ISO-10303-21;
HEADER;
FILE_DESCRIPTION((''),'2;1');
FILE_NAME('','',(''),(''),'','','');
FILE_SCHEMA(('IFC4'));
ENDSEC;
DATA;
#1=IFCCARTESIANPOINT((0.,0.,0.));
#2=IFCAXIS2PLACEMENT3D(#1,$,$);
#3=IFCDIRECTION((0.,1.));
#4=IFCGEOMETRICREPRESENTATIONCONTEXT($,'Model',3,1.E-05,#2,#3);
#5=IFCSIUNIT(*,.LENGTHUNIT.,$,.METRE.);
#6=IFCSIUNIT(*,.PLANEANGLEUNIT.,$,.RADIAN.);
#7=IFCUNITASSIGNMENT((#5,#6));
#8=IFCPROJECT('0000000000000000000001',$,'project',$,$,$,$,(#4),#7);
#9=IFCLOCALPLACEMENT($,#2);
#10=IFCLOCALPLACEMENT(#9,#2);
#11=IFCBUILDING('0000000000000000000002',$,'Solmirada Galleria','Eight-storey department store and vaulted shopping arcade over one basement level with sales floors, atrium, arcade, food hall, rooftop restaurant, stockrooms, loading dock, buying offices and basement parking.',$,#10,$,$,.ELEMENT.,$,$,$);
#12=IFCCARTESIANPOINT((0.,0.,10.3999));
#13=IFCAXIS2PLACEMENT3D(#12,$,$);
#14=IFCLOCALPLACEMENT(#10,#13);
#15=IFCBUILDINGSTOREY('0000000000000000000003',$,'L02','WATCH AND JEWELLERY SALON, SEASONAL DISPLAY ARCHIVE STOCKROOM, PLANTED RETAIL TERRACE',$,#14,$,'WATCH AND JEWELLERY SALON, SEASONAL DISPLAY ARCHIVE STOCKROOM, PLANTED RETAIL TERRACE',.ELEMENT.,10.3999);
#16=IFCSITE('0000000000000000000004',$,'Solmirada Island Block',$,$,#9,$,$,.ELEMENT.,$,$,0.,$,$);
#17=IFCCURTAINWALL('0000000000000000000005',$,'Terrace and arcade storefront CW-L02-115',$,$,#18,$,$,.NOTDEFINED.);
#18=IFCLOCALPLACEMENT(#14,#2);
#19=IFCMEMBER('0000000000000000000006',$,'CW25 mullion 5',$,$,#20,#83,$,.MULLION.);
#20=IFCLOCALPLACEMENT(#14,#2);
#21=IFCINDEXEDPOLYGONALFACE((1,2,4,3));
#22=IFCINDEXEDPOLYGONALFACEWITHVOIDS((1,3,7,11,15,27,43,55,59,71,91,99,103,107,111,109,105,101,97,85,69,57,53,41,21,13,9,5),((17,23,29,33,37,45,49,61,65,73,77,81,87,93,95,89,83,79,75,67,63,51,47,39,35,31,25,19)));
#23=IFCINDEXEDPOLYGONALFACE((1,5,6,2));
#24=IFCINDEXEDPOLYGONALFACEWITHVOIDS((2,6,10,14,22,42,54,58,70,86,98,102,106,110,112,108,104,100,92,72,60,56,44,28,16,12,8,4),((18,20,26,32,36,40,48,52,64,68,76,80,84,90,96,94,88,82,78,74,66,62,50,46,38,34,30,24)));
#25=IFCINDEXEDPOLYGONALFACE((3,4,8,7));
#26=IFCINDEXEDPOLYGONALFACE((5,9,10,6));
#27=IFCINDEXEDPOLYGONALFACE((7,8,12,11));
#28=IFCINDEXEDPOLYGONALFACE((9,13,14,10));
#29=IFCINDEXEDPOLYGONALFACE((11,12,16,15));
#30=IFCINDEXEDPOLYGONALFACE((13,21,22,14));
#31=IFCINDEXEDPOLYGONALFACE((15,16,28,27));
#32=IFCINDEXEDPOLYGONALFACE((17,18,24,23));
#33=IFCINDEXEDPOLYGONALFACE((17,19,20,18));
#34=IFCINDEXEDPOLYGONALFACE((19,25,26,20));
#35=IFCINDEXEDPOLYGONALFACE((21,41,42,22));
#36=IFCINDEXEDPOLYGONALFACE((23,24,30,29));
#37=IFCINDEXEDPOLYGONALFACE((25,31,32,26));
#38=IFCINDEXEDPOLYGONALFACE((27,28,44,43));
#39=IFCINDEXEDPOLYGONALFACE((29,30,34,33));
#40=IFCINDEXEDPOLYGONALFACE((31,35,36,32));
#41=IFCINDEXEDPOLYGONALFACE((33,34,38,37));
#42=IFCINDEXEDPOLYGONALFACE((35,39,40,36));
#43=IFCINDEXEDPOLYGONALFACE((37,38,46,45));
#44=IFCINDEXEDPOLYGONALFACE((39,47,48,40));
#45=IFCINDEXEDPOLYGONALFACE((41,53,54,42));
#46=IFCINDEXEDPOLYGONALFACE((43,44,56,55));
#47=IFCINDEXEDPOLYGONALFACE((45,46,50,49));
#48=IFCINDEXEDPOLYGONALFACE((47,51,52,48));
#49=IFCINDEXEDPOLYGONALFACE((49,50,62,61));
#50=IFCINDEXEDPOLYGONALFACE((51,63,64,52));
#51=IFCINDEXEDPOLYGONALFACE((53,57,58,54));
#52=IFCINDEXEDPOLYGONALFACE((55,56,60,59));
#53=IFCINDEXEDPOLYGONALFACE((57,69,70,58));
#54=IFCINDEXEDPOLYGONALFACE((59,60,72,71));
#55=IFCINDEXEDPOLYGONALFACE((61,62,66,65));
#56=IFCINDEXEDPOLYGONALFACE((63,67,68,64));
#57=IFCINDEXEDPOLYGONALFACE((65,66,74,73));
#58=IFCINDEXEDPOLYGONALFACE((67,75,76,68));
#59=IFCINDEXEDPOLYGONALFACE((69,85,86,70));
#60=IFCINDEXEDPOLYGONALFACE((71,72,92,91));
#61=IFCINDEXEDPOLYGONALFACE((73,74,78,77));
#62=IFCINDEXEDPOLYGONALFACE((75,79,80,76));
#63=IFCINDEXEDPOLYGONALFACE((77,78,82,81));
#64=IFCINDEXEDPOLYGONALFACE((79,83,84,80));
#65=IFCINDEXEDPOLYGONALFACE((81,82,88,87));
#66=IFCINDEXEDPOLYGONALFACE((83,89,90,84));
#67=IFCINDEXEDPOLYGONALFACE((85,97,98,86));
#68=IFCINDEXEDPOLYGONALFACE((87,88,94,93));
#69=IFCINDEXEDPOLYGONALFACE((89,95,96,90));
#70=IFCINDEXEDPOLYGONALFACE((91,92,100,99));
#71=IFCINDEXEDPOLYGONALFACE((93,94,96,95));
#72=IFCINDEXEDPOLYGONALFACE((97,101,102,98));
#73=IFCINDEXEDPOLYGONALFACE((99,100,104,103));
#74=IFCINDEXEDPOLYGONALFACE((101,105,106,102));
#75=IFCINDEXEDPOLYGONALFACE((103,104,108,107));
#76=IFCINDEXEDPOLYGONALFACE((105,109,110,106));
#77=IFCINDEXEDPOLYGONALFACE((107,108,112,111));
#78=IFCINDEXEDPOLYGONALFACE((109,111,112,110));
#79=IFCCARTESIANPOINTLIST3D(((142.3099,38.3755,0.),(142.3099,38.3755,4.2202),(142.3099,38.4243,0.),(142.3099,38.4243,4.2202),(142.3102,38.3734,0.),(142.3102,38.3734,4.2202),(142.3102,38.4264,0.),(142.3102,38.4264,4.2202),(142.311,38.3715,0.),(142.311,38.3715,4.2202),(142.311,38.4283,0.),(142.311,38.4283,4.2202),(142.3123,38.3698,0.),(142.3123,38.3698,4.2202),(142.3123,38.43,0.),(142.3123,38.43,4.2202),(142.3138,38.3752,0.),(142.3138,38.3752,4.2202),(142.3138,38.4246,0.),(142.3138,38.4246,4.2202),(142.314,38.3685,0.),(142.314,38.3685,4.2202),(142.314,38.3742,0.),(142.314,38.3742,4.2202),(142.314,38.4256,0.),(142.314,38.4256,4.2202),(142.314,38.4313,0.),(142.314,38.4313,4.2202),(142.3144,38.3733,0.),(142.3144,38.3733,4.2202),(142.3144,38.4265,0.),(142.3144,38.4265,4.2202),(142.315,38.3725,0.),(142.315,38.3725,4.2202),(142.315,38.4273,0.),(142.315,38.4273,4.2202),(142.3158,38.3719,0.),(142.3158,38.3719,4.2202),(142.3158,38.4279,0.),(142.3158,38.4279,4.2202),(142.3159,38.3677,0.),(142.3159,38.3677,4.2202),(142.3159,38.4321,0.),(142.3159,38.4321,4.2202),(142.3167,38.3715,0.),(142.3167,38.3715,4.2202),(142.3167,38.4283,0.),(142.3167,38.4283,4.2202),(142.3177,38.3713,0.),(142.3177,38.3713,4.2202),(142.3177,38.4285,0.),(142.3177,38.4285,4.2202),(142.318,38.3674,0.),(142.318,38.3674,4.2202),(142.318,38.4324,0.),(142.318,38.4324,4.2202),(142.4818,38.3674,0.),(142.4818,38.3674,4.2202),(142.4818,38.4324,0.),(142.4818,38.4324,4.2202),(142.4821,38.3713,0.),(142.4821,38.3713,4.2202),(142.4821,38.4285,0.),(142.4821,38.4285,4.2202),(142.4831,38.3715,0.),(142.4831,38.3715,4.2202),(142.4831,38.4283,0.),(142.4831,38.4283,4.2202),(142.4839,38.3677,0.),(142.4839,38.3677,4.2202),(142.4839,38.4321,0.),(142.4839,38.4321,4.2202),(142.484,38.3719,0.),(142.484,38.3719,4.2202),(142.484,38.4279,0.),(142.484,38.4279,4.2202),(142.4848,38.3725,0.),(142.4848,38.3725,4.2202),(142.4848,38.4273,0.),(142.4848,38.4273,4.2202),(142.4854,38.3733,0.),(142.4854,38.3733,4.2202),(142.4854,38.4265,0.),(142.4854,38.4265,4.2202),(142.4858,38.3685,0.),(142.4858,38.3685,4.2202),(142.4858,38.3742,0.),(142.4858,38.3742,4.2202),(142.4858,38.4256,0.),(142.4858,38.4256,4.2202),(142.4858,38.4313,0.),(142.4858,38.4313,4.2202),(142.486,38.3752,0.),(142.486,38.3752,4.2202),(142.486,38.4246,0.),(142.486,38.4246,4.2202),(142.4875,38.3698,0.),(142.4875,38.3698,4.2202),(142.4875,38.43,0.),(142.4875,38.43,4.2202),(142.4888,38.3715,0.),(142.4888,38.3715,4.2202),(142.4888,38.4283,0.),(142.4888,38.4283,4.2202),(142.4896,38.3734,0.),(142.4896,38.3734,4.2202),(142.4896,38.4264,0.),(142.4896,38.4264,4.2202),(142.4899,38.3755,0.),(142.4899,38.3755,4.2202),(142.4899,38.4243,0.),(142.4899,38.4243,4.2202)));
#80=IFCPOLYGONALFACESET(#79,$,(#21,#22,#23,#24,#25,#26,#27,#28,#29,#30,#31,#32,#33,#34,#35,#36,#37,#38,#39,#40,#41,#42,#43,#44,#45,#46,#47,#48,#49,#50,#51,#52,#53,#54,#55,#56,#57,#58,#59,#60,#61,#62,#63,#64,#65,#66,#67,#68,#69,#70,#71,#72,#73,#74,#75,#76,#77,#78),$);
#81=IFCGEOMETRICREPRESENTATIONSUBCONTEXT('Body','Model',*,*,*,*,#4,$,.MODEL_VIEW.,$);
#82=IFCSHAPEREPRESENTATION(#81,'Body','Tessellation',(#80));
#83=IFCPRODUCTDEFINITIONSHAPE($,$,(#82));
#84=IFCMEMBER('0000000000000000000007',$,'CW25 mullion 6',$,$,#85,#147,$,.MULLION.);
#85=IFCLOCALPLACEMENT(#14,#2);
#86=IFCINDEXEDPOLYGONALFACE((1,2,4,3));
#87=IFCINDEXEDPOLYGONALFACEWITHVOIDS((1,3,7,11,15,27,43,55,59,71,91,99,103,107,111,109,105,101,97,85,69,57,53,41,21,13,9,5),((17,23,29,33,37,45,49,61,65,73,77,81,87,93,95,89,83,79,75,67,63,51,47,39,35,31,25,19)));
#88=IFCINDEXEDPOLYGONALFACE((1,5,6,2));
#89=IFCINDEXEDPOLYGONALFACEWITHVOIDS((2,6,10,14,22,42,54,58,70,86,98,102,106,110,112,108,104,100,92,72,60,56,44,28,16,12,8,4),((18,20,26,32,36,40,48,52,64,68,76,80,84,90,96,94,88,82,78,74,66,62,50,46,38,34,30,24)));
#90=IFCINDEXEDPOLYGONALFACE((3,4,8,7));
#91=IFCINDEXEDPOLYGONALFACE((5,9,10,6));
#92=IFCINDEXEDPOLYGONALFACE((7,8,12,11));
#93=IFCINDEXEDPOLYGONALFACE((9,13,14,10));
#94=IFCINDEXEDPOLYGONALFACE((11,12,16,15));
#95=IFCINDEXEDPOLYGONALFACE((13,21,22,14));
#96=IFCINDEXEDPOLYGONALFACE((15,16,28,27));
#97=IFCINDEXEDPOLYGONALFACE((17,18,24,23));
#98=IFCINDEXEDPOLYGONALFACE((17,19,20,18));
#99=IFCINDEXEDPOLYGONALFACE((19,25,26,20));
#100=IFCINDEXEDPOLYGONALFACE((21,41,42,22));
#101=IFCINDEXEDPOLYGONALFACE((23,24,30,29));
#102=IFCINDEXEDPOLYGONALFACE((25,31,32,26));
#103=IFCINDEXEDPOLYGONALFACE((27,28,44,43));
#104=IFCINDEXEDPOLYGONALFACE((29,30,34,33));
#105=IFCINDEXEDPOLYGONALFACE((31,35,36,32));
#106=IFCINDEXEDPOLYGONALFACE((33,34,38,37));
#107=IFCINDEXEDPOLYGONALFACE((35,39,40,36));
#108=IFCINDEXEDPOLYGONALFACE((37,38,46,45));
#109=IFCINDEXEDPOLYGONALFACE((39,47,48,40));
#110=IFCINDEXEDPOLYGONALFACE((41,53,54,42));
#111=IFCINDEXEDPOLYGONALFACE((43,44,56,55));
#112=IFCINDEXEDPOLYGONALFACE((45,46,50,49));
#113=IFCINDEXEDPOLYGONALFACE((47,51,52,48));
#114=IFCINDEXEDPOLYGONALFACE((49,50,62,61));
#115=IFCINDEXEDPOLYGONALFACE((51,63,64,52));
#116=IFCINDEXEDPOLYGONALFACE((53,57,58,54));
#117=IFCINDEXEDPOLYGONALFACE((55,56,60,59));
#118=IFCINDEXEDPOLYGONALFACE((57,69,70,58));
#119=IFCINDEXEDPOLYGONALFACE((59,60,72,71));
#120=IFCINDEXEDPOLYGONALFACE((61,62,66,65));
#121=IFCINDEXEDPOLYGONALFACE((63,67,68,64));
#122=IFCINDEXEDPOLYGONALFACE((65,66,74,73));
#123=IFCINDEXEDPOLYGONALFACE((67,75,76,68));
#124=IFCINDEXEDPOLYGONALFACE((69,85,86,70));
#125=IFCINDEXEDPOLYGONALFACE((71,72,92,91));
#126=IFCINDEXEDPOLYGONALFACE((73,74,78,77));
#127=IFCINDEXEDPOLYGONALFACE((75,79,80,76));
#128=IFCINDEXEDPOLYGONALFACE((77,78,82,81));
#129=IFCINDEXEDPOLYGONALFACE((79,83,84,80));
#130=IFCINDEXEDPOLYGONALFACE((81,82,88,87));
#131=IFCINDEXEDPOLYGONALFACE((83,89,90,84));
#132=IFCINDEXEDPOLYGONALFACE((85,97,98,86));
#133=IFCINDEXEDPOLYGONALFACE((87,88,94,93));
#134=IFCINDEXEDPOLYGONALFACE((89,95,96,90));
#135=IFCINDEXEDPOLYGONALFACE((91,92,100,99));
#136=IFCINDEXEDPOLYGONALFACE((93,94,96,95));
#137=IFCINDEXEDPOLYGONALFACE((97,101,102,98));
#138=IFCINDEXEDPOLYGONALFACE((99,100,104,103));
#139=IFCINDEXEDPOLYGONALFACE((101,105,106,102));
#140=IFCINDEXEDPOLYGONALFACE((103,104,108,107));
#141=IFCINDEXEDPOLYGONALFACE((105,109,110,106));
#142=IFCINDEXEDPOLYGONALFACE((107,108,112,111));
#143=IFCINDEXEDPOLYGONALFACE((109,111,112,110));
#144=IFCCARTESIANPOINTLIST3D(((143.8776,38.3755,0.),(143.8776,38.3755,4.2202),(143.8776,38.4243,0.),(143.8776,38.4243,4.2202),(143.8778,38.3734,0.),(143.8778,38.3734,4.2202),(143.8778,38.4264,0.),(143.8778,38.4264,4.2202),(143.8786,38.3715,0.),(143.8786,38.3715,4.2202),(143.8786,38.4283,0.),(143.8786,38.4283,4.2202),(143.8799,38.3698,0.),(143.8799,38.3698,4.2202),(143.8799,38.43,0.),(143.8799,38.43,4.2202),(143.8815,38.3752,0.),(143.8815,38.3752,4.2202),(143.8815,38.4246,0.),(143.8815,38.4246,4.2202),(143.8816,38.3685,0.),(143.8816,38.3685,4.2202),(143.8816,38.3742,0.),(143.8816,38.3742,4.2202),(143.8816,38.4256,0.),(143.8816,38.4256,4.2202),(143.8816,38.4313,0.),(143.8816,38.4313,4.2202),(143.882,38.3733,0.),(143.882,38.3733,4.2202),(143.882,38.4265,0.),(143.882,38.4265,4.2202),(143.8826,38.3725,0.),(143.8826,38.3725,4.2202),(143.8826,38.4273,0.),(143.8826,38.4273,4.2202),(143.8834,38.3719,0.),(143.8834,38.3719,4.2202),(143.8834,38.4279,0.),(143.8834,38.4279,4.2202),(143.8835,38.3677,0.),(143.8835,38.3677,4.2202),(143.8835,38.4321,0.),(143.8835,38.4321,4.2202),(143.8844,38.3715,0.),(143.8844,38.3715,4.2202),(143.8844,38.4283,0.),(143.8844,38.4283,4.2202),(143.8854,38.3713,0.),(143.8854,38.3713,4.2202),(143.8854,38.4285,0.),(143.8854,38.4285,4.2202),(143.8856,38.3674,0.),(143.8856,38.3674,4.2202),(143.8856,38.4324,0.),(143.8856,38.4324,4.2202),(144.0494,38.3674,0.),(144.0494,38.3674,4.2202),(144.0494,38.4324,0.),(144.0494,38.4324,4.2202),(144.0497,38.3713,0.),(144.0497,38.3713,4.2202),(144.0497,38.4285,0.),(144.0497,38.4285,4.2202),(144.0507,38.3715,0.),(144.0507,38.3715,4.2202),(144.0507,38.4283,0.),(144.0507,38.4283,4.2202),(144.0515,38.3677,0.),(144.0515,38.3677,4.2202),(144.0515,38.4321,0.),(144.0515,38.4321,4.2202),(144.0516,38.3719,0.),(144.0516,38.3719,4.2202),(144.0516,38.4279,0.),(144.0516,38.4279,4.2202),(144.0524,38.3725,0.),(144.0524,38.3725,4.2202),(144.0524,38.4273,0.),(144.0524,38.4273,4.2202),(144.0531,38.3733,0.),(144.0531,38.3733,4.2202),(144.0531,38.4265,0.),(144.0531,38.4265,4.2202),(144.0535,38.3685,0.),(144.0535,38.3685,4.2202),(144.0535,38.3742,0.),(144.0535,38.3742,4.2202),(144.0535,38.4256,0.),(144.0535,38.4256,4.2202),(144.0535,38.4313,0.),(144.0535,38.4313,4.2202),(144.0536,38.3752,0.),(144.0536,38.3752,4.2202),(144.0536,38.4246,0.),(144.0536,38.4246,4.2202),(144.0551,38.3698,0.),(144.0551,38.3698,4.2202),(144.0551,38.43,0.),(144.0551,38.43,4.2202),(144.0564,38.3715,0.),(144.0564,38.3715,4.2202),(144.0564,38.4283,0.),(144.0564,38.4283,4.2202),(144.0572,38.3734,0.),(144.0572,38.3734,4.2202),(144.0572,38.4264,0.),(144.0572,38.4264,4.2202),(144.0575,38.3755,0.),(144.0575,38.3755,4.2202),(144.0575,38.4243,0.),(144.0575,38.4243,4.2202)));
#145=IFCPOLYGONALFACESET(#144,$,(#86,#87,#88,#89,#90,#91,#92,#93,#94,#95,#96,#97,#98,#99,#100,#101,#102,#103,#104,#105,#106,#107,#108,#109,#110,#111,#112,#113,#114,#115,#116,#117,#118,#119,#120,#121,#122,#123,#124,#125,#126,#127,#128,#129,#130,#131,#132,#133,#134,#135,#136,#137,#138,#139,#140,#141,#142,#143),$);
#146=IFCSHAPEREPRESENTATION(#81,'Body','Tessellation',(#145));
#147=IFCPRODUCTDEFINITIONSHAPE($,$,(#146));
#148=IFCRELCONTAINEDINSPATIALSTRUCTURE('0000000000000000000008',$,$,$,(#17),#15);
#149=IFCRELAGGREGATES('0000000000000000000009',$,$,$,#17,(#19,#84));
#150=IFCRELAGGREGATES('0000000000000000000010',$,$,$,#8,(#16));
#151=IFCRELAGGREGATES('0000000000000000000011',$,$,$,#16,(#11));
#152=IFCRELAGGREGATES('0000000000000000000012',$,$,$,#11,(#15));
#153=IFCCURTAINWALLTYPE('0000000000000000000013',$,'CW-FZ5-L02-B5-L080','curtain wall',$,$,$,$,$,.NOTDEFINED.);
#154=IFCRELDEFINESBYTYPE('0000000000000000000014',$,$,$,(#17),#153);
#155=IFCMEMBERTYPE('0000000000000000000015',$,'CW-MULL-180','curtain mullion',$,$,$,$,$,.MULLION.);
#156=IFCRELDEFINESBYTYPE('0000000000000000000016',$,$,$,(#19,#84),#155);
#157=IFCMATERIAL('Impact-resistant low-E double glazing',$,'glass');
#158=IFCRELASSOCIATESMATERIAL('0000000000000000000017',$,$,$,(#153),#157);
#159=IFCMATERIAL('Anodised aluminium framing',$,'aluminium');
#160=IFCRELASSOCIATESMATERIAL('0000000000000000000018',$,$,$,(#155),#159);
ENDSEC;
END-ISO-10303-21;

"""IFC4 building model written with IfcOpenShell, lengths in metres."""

from ifc_helpers import new_model, si_unit, direction, frame, origin, origin_2d, place, context, subcontext, project, spatial, hollow_rectangle, extrude, material, material_profile, profile_set, type_object, element, aggregate, save


model = new_model("IFC4")

# Units and contexts
model_context = context("Model", 3, precision=1e-05, world=origin(), true_north=direction((0.0, 1.0)))
body_context = subcontext(model_context, "Body", "Model", "MODEL_VIEW")
ifc_project = project(units=[si_unit("LENGTHUNIT", "METRE"), si_unit("PLANEANGLEUNIT", "RADIAN")], contexts=[model_context])

# Site, building, storey
site_placement = place(None, origin())
site = spatial("IfcSite", under=ifc_project, at=site_placement, Name="Solmirada Island Block", CompositionType="ELEMENT", RefElevation=0.0)
building_placement = place(site_placement, origin())
building = spatial("IfcBuilding", under=site, at=building_placement, Name="Solmirada Galleria", Description="Eight-storey department store and vaulted shopping arcade over one basement level with sales floors, atrium, arcade, food hall, rooftop restaurant, stockrooms, loading dock, buying offices and basement parking.", CompositionType="ELEMENT")
storey_placement = place(building_placement, frame((0.0, 0.0, 10.3999)))
storey = spatial("IfcBuildingStorey", under=building, at=storey_placement, Name="L02", Description="WATCH AND JEWELLERY SALON, SEASONAL DISPLAY ARCHIVE STOCKROOM, PLANTED RETAIL TERRACE", LongName="WATCH AND JEWELLERY SALON, SEASONAL DISPLAY ARCHIVE STOCKROOM, PLANTED RETAIL TERRACE", CompositionType="ELEMENT", Elevation=10.3999)

# Curtain wall, members
ifc_material_1 = material(Name="Impact-resistant low-E double glazing", Category="glass")
curtain_wall_type = type_object("IfcCurtainWallType", Name="CW-FZ5-L02-B5-L080", Description="curtain wall", PredefinedType="NOTDEFINED", material=ifc_material_1)
curtain_wall_placement = place(storey_placement, origin())
curtain_wall = element("IfcCurtainWall", 1, at=curtain_wall_placement, inside=storey, type_object=curtain_wall_type, Name="Terrace and arcade storefront CW-L02-115", PredefinedType="NOTDEFINED")
ifc_material_2 = material(Name="Anodised aluminium framing", Category="aluminium")
ifc_material_profile_1 = material_profile(ifc_material_2, hollow_rectangle(XDim=0.0649, YDim=0.1799, WallThickness=0.0039, InnerFilletRadius=0.0039, OuterFilletRadius=0.0081, at=origin_2d()), Name="ALU-MULL-180X65")
ifc_profile_set_1 = profile_set([ifc_material_profile_1], Name="Anodised aluminium framing")
member_type_1 = type_object("IfcMemberType", Name="CW-MULL-180", Description="curtain mullion", PredefinedType="MULLION", material=ifc_profile_set_1)
member_1_placement = place(storey_placement, frame((142.3999, 38.3999, 0.0), z_axis=(0.0, 0.0, 1.0), x_axis=(0.0, 1.0, 0.0)))
member_1 = element("IfcMember", 2, at=member_1_placement, type_object=member_type_1, Name="CW25 mullion 5", PredefinedType="MULLION", context=body_context, shape_type="SweptSolid", body=[
    extrude(hollow_rectangle(XDim=0.0649, YDim=0.1799, WallThickness=0.0039, InnerFilletRadius=0.0039, OuterFilletRadius=0.0081, at=origin_2d()), origin(), (0.0, 0.0, 1.0), 4.2202),
])
member_2_placement = place(storey_placement, frame((143.9675, 38.3999, 0.0), z_axis=(0.0, 0.0, 1.0), x_axis=(0.0, 1.0, 0.0)))
member_2 = element("IfcMember", 3, at=member_2_placement, type_object=member_type_1, Name="CW25 mullion 6", PredefinedType="MULLION", context=body_context, shape_type="SweptSolid", body=[
    extrude(hollow_rectangle(XDim=0.0649, YDim=0.1799, WallThickness=0.0039, InnerFilletRadius=0.0039, OuterFilletRadius=0.0081, at=origin_2d()), origin(), (0.0, 0.0, 1.0), 4.2202),
])
aggregate(curtain_wall, [member_1, member_2])

save(model, "model.ifc")
